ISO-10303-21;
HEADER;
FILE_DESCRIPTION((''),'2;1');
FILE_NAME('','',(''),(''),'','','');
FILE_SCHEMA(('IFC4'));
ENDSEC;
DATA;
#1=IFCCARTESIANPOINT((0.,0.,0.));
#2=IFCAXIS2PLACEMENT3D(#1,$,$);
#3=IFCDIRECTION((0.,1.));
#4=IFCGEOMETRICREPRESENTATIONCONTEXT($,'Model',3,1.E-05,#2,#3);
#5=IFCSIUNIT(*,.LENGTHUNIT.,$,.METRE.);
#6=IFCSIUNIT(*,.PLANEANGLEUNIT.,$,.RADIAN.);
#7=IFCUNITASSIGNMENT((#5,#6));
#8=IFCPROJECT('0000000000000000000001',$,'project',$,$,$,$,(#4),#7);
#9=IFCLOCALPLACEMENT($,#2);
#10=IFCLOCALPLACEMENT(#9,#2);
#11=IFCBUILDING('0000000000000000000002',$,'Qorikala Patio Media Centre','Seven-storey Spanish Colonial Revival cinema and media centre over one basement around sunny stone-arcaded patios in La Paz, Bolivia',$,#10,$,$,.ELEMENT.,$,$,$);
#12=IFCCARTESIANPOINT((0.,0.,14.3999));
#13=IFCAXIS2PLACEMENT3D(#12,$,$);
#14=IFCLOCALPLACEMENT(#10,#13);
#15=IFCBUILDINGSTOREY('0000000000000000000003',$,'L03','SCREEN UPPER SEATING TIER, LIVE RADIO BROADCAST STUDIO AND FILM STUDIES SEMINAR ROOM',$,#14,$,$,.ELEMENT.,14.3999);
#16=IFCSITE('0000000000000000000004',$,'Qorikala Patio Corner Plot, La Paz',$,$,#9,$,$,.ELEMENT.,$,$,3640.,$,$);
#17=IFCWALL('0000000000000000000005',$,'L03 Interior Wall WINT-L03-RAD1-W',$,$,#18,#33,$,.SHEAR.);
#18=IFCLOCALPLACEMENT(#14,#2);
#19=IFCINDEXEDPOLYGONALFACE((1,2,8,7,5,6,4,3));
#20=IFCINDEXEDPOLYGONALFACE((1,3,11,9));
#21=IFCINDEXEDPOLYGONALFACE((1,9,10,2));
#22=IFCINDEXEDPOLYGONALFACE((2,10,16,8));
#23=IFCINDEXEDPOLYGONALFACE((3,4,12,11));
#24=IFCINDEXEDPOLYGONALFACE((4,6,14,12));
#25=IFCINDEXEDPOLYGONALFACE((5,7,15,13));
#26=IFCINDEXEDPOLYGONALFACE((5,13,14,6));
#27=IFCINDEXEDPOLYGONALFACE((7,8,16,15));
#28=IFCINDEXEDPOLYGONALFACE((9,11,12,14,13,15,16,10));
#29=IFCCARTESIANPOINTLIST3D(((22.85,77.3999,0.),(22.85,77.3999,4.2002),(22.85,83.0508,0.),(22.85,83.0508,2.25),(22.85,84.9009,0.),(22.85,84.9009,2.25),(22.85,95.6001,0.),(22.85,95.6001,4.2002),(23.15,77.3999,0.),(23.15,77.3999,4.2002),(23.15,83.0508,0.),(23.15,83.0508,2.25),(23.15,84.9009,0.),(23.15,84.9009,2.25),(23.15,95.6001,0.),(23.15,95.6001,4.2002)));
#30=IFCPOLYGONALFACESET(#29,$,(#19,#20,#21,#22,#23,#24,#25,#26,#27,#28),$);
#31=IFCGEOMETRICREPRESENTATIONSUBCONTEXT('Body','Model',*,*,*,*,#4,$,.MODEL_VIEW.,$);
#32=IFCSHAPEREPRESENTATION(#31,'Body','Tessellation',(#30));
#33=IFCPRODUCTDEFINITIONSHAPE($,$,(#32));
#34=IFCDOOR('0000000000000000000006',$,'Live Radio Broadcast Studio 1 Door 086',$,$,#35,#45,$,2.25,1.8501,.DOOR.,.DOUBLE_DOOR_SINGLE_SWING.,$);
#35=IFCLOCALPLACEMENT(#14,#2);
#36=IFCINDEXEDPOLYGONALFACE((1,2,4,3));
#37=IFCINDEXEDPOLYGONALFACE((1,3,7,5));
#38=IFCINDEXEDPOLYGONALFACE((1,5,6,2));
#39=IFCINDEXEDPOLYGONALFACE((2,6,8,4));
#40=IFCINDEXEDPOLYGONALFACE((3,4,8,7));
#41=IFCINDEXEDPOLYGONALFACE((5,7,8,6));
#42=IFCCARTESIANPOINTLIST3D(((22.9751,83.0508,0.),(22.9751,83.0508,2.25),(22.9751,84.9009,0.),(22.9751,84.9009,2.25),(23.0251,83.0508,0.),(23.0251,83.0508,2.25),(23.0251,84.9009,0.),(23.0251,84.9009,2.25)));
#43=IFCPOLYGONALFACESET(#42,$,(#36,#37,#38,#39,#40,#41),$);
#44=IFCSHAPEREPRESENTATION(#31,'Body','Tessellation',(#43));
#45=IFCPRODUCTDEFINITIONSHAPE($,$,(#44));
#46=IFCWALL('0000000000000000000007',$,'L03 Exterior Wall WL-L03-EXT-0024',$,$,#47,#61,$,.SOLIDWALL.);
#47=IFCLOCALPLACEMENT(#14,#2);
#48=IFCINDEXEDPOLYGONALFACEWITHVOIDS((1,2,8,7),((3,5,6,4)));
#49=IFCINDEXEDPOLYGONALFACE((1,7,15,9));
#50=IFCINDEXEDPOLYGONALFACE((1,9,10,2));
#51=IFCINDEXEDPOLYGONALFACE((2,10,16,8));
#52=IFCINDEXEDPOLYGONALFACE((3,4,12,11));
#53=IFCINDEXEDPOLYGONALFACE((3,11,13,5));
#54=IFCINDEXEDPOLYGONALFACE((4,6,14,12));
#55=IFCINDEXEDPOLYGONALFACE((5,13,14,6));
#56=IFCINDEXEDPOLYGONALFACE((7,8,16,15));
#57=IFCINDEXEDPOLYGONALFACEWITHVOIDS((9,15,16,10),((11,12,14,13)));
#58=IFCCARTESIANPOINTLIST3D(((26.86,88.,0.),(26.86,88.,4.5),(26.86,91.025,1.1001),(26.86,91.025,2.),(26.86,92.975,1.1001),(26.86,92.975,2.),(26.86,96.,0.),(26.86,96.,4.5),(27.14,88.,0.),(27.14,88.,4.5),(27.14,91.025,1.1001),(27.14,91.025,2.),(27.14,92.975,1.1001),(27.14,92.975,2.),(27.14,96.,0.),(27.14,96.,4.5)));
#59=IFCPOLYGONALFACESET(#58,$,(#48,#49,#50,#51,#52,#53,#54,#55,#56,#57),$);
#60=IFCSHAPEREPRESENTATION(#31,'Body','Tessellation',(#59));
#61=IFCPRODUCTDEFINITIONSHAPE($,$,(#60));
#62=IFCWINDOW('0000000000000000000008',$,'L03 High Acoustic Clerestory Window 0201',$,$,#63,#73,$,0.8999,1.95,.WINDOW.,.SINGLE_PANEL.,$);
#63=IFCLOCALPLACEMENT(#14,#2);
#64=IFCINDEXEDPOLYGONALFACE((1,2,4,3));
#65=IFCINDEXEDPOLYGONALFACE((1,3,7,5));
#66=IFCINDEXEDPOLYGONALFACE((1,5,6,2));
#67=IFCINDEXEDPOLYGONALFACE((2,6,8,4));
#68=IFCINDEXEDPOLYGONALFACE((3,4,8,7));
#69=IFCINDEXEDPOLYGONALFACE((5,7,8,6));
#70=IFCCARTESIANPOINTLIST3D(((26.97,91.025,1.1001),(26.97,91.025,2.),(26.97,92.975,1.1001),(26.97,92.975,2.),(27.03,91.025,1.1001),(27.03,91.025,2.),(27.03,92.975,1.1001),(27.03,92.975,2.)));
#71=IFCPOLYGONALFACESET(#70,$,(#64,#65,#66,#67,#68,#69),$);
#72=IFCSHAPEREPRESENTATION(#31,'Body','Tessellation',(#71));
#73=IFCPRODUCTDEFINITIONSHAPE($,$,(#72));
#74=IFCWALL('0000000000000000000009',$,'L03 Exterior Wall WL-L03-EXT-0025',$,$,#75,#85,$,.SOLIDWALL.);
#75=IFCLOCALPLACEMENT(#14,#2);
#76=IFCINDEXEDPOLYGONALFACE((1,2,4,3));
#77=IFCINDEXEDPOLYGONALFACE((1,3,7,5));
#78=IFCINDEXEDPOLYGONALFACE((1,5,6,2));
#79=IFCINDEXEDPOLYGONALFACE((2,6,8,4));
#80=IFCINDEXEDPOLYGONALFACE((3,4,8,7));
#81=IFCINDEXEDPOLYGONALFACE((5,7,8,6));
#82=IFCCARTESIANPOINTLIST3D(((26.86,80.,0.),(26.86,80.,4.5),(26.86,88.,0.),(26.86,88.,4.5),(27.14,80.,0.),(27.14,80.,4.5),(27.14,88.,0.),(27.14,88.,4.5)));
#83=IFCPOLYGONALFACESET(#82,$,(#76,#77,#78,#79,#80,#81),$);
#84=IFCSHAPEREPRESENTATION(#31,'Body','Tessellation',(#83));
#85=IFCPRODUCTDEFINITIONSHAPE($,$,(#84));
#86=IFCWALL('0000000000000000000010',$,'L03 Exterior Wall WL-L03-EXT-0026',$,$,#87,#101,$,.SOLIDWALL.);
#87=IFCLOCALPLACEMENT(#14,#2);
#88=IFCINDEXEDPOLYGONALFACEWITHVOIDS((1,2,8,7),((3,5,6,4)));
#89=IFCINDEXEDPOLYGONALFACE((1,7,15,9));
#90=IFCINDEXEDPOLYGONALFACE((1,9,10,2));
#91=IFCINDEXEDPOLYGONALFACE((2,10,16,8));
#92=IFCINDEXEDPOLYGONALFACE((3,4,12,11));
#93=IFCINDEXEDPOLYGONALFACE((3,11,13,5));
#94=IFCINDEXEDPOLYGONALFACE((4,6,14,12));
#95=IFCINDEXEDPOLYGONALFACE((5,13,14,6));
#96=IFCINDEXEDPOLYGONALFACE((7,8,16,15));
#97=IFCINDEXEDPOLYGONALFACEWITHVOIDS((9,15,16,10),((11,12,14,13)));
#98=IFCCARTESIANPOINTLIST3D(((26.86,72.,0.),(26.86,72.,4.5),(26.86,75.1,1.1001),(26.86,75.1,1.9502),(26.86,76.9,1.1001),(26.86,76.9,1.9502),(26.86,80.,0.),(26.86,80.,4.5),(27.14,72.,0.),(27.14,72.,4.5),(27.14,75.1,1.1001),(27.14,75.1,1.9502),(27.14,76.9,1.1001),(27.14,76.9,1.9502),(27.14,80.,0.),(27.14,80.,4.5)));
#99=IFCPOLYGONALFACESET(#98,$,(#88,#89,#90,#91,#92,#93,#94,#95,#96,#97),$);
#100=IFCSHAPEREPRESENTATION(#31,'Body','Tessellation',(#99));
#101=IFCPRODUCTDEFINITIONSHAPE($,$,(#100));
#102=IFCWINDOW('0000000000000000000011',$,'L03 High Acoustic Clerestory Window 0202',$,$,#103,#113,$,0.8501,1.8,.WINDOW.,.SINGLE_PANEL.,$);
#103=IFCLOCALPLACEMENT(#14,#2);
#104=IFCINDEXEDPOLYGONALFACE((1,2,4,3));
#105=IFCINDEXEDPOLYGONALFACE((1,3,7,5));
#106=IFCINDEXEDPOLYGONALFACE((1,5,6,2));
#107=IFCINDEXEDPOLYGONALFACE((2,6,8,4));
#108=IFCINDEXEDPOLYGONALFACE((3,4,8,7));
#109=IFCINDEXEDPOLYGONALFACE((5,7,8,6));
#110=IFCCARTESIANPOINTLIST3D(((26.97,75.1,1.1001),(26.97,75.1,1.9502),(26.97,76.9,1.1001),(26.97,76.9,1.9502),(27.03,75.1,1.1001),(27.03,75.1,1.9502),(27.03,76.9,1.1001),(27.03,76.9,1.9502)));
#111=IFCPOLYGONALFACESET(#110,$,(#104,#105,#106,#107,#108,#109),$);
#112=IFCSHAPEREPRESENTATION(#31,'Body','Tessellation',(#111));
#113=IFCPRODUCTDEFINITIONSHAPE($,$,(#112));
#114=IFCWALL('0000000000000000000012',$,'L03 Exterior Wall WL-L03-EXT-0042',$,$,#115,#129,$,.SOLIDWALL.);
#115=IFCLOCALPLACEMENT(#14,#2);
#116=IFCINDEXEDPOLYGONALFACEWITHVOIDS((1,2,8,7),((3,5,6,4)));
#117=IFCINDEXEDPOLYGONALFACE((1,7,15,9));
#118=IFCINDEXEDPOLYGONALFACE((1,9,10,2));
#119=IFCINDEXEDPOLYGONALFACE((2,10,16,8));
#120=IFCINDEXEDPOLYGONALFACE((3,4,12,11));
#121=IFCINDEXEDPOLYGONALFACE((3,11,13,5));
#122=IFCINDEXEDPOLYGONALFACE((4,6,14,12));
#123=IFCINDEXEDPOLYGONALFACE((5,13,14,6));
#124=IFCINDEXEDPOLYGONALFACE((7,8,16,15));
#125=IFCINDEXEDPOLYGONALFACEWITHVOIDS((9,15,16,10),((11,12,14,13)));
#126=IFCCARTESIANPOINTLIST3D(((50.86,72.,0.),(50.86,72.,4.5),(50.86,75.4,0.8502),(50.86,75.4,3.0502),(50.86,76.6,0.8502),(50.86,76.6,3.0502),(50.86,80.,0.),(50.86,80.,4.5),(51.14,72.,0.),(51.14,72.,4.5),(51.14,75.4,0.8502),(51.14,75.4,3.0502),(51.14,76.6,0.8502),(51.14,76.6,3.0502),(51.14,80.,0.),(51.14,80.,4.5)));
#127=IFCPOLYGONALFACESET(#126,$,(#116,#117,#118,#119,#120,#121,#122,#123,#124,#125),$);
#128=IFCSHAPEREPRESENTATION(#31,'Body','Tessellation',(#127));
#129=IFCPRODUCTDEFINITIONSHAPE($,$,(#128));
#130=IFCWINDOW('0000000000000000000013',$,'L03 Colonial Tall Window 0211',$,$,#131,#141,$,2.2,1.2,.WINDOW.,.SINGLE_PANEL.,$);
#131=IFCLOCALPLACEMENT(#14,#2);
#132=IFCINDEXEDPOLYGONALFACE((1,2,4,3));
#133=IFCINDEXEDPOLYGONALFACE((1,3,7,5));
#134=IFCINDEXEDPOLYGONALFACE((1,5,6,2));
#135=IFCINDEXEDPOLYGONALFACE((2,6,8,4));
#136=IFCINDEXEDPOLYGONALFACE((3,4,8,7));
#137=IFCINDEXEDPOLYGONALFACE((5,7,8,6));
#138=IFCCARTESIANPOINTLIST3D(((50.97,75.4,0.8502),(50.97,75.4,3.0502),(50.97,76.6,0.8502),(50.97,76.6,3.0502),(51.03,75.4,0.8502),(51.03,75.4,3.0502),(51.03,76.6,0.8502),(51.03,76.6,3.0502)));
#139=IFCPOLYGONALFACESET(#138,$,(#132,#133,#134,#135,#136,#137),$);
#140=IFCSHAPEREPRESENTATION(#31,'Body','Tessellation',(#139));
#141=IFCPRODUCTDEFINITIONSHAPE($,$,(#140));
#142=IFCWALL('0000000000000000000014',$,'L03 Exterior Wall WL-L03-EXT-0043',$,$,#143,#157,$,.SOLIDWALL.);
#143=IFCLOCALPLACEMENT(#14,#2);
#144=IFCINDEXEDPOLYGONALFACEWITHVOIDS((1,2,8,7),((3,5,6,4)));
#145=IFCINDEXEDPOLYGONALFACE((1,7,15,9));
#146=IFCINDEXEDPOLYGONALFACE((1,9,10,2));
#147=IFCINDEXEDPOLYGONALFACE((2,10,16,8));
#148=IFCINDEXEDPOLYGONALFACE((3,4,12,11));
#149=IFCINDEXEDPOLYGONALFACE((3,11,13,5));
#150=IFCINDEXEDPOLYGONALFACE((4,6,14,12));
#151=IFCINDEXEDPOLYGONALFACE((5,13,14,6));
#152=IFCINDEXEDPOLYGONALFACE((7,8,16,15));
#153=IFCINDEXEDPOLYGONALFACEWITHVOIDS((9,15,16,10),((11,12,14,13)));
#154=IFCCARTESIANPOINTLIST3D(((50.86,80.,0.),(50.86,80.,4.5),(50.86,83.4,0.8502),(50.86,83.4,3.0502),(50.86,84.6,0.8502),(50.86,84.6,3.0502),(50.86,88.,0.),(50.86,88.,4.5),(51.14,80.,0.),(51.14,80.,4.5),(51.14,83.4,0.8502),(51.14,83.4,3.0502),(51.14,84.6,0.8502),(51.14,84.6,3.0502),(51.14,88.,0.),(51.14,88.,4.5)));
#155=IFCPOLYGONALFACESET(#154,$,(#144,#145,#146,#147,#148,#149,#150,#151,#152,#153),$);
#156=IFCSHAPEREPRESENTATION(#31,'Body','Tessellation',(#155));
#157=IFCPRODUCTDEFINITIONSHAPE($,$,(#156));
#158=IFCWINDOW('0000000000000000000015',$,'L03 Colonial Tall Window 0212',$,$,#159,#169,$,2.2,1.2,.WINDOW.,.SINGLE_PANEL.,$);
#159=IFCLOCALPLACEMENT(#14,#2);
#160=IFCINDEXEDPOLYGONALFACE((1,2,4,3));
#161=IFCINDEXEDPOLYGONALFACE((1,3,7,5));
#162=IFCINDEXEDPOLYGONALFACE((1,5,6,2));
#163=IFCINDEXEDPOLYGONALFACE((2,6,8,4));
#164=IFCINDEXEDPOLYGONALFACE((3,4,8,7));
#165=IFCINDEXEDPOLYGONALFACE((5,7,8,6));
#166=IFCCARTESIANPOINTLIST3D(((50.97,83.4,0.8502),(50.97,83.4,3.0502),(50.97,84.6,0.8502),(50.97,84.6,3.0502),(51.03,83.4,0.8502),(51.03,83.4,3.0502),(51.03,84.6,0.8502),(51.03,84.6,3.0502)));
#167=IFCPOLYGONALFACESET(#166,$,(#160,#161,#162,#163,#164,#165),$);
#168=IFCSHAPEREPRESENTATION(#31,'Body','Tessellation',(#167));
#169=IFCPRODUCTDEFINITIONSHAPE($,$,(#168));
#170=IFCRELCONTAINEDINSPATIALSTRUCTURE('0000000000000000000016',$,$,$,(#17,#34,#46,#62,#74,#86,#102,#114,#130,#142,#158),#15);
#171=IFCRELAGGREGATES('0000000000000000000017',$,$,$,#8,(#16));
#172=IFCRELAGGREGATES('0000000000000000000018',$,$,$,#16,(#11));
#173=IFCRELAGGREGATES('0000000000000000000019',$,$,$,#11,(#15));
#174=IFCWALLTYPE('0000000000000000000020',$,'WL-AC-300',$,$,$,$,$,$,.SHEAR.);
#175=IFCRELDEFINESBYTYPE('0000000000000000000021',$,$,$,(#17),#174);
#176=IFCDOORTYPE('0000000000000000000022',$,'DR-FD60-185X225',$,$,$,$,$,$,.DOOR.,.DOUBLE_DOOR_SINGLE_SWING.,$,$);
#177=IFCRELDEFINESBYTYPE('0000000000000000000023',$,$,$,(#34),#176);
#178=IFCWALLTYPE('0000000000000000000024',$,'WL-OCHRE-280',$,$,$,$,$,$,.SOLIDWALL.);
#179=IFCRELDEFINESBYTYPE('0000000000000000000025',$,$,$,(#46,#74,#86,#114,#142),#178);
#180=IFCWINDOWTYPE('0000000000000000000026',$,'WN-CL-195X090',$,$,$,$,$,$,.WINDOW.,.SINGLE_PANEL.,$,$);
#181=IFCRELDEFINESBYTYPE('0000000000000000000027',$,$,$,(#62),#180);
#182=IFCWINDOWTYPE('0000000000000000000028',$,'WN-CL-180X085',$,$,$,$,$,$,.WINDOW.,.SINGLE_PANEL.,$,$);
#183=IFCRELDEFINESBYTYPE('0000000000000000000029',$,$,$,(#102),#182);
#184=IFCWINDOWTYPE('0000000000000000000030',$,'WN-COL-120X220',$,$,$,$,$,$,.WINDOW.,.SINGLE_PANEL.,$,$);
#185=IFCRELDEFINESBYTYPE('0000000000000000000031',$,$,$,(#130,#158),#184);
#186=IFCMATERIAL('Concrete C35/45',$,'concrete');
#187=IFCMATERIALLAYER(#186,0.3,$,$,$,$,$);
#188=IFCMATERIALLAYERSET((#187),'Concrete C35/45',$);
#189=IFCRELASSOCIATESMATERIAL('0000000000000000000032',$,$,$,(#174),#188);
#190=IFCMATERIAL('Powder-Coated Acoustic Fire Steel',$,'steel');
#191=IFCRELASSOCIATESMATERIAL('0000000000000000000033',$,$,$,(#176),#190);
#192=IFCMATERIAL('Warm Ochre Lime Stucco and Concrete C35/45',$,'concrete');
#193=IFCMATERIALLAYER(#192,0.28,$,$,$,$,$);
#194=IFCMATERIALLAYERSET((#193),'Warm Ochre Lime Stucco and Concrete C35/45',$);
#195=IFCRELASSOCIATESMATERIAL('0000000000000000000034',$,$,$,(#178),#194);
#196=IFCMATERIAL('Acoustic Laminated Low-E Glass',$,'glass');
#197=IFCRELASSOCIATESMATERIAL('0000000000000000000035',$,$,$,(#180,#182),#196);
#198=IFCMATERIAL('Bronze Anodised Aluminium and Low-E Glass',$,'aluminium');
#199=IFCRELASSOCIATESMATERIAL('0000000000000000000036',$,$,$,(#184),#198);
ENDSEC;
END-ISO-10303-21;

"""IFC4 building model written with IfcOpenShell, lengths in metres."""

from ifc_helpers import new_model, si_unit, direction, frame, frame_2d, origin, place, context, subcontext, project, spatial, rectangle, extrude, material, layer, layer_set, type_object, element, fill, save


model = new_model("IFC4")

# Units and contexts
model_context = context("Model", 3, precision=1e-05, world=origin(), true_north=direction((0.0, 1.0)))
body_context = subcontext(model_context, "Body", "Model", "MODEL_VIEW")
ifc_project = project(units=[si_unit("LENGTHUNIT", "METRE"), si_unit("PLANEANGLEUNIT", "RADIAN")], contexts=[model_context])

# Site, building, storey
site_placement = place(None, origin())
site = spatial("IfcSite", under=ifc_project, at=site_placement, Name="Qorikala Patio Corner Plot, La Paz", CompositionType="ELEMENT", RefElevation=3640.0)
building_placement = place(site_placement, origin())
building = spatial("IfcBuilding", under=site, at=building_placement, Name="Qorikala Patio Media Centre", Description="Seven-storey Spanish Colonial Revival cinema and media centre over one basement around sunny stone-arcaded patios in La Paz, Bolivia", CompositionType="ELEMENT")
storey_placement = place(building_placement, frame((0.0, 0.0, 14.3999)))
storey = spatial("IfcBuildingStorey", under=building, at=storey_placement, Name="L03", Description="SCREEN UPPER SEATING TIER, LIVE RADIO BROADCAST STUDIO AND FILM STUDIES SEMINAR ROOM", CompositionType="ELEMENT", Elevation=14.3999)

# Shared definitions
ifc_material_1 = material(Name="Concrete C35/45", Category="concrete")

# Shared definitions
ifc_layer_1 = layer(ifc_material_1, 0.3)
ifc_layer_set_1 = layer_set([ifc_layer_1], Name="Concrete C35/45")
wall_type_1 = type_object("IfcWallType", Name="WL-AC-300", PredefinedType="SHEAR", material=ifc_layer_set_1)

# Wall, opening, door
wall_1_placement = place(storey_placement, frame((23.0, 77.3999, 0.0), z_axis=(0.0, 0.0, 1.0), x_axis=(0.0, 1.0, 0.0)))
wall_1 = element("IfcWall", 1, at=wall_1_placement, inside=storey, type_object=wall_type_1, Name="L03 Interior Wall WINT-L03-RAD1-W", PredefinedType="SHEAR", context=body_context, shape_type="SweptSolid", body=[
    extrude(rectangle(XDim=18.2002, YDim=0.3, at=frame_2d((9.1001, 0.0))), origin(), (0.0, 0.0, 1.0), 4.2002),
])
opening_1_placement = place(wall_1_placement, frame((5.6509, 0.0, 0.0)))
opening_1 = element("IfcOpeningElement", 2, at=opening_1_placement, cuts=wall_1, PredefinedType="OPENING", context=body_context, shape_type="SweptSolid", body=[
    extrude(rectangle(XDim=1.8501, YDim=2.25, at=frame_2d((0.925, 1.125))), frame((0.0, 0.1599, 0.0), z_axis=(0.0, -1.0, 0.0), x_axis=(1.0, 0.0, 0.0)), (0.0, 0.0, 1.0), 0.3201),
])
ifc_material_2 = material(Name="Powder-Coated Acoustic Fire Steel", Category="steel")
door_type = type_object("IfcDoorType", Name="DR-FD60-185X225", OperationType="DOUBLE_DOOR_SINGLE_SWING", PredefinedType="DOOR", material=ifc_material_2)
door_placement = place(opening_1_placement, origin())
door = element("IfcDoor", 3, at=door_placement, inside=storey, type_object=door_type, Name="Live Radio Broadcast Studio 1 Door 086", OperationType="DOUBLE_DOOR_SINGLE_SWING", OverallHeight=2.25, OverallWidth=1.8501, PredefinedType="DOOR", context=body_context, shape_type="SweptSolid", body=[
    extrude(rectangle(XDim=1.8501, YDim=2.25, at=frame_2d((0.925, 1.125))), frame((0.0, 0.0249, 0.0), z_axis=(0.0, -1.0, 0.0), x_axis=(1.0, 0.0, 0.0)), (0.0, 0.0, 1.0), 0.05),
])
fill(opening_1, door)

# Wall, opening, window
ifc_material_3 = material(Name="Warm Ochre Lime Stucco and Concrete C35/45", Category="concrete")
ifc_layer_2 = layer(ifc_material_3, 0.28)
ifc_layer_set_2 = layer_set([ifc_layer_2], Name="Warm Ochre Lime Stucco and Concrete C35/45")
wall_type_2 = type_object("IfcWallType", Name="WL-OCHRE-280", PredefinedType="SOLIDWALL", material=ifc_layer_set_2)
wall_2_placement = place(storey_placement, frame((27.0, 96.0, 0.0), z_axis=(0.0, 0.0, 1.0), x_axis=(0.0, -1.0, 0.0)))
wall_2 = element("IfcWall", 4, at=wall_2_placement, inside=storey, type_object=wall_type_2, Name="L03 Exterior Wall WL-L03-EXT-0024", PredefinedType="SOLIDWALL", context=body_context, shape_type="SweptSolid", body=[
    extrude(rectangle(XDim=8.0, YDim=0.28, at=frame_2d((4.0, 0.0))), origin(), (0.0, 0.0, 1.0), 4.5),
])
opening_2_placement = place(wall_2_placement, frame((3.0249, 0.0, 1.1001)))
opening_2 = element("IfcOpeningElement", 5, at=opening_2_placement, cuts=wall_2, PredefinedType="OPENING", context=body_context, shape_type="SweptSolid", body=[
    extrude(rectangle(XDim=1.95, YDim=0.8999, at=frame_2d((0.9751, 0.45))), frame((0.0, 0.1499, 0.0), z_axis=(0.0, -1.0, 0.0), x_axis=(1.0, 0.0, 0.0)), (0.0, 0.0, 1.0), 0.3),
])
ifc_material_4 = material(Name="Acoustic Laminated Low-E Glass", Category="glass")
window_type_1 = type_object("IfcWindowType", Name="WN-CL-195X090", PartitioningType="SINGLE_PANEL", PredefinedType="WINDOW", material=ifc_material_4)
window_1_placement = place(opening_2_placement, origin())
window_1 = element("IfcWindow", 6, at=window_1_placement, inside=storey, type_object=window_type_1, Name="L03 High Acoustic Clerestory Window 0201", OverallHeight=0.8999, OverallWidth=1.95, PartitioningType="SINGLE_PANEL", PredefinedType="WINDOW", context=body_context, shape_type="SweptSolid", body=[
    extrude(rectangle(XDim=1.95, YDim=0.8999, at=frame_2d((0.9751, 0.45))), frame((0.0, 0.03, 0.0), z_axis=(0.0, -1.0, 0.0), x_axis=(1.0, 0.0, 0.0)), (0.0, 0.0, 1.0), 0.0601),
])
fill(opening_2, window_1)

# Wall
wall_3_placement = place(storey_placement, frame((27.0, 88.0, 0.0), z_axis=(0.0, 0.0, 1.0), x_axis=(0.0, -1.0, 0.0)))
element("IfcWall", 7, at=wall_3_placement, inside=storey, type_object=wall_type_2, Name="L03 Exterior Wall WL-L03-EXT-0025", PredefinedType="SOLIDWALL", context=body_context, shape_type="SweptSolid", body=[
    extrude(rectangle(XDim=8.0, YDim=0.28, at=frame_2d((4.0, 0.0))), origin(), (0.0, 0.0, 1.0), 4.5),
])

# Walls, openings, windows
wall_4_placement = place(storey_placement, frame((27.0, 80.0, 0.0), z_axis=(0.0, 0.0, 1.0), x_axis=(0.0, -1.0, 0.0)))
wall_4 = element("IfcWall", 8, at=wall_4_placement, inside=storey, type_object=wall_type_2, Name="L03 Exterior Wall WL-L03-EXT-0026", PredefinedType="SOLIDWALL", context=body_context, shape_type="SweptSolid", body=[
    extrude(rectangle(XDim=8.0, YDim=0.28, at=frame_2d((4.0, 0.0))), origin(), (0.0, 0.0, 1.0), 4.5),
])
opening_3_placement = place(wall_4_placement, frame((3.1001, 0.0, 1.1001)))
opening_3 = element("IfcOpeningElement", 9, at=opening_3_placement, cuts=wall_4, PredefinedType="OPENING", context=body_context, shape_type="SweptSolid", body=[
    extrude(rectangle(XDim=1.8, YDim=0.8501, at=frame_2d((0.8999, 0.425))), frame((0.0, 0.1499, 0.0), z_axis=(0.0, -1.0, 0.0), x_axis=(1.0, 0.0, 0.0)), (0.0, 0.0, 1.0), 0.3),
])
window_type_2 = type_object("IfcWindowType", Name="WN-CL-180X085", PartitioningType="SINGLE_PANEL", PredefinedType="WINDOW", material=ifc_material_4)
window_2_placement = place(opening_3_placement, origin())
window_2 = element("IfcWindow", 10, at=window_2_placement, inside=storey, type_object=window_type_2, Name="L03 High Acoustic Clerestory Window 0202", OverallHeight=0.8501, OverallWidth=1.8, PartitioningType="SINGLE_PANEL", PredefinedType="WINDOW", context=body_context, shape_type="SweptSolid", body=[
    extrude(rectangle(XDim=1.8, YDim=0.8501, at=frame_2d((0.8999, 0.425))), frame((0.0, 0.03, 0.0), z_axis=(0.0, -1.0, 0.0), x_axis=(1.0, 0.0, 0.0)), (0.0, 0.0, 1.0), 0.0601),
])
fill(opening_3, window_2)
wall_5_placement = place(storey_placement, frame((51.0, 72.0, 0.0), z_axis=(0.0, 0.0, 1.0), x_axis=(0.0, 1.0, 0.0)))
wall_5 = element("IfcWall", 11, at=wall_5_placement, inside=storey, type_object=wall_type_2, Name="L03 Exterior Wall WL-L03-EXT-0042", PredefinedType="SOLIDWALL", context=body_context, shape_type="SweptSolid", body=[
    extrude(rectangle(XDim=8.0, YDim=0.28, at=frame_2d((4.0, 0.0))), origin(), (0.0, 0.0, 1.0), 4.5),
])
opening_4_placement = place(wall_5_placement, frame((3.3999, 0.0, 0.8501)))
opening_4 = element("IfcOpeningElement", 12, at=opening_4_placement, cuts=wall_5, PredefinedType="OPENING", context=body_context, shape_type="SweptSolid", body=[
    extrude(rectangle(XDim=1.2, YDim=2.2, at=frame_2d((0.6001, 1.1001))), frame((0.0, 0.1499, 0.0), z_axis=(0.0, -1.0, 0.0), x_axis=(1.0, 0.0, 0.0)), (0.0, 0.0, 1.0), 0.3),
])
ifc_material_5 = material(Name="Bronze Anodised Aluminium and Low-E Glass", Category="aluminium")
window_type_3 = type_object("IfcWindowType", Name="WN-COL-120X220", PartitioningType="SINGLE_PANEL", PredefinedType="WINDOW", material=ifc_material_5)
window_3_placement = place(opening_4_placement, origin())
window_3 = element("IfcWindow", 13, at=window_3_placement, inside=storey, type_object=window_type_3, Name="L03 Colonial Tall Window 0211", OverallHeight=2.2, OverallWidth=1.2, PartitioningType="SINGLE_PANEL", PredefinedType="WINDOW", context=body_context, shape_type="SweptSolid", body=[
    extrude(rectangle(XDim=1.2, YDim=2.2, at=frame_2d((0.6001, 1.1001))), frame((0.0, 0.03, 0.0), z_axis=(0.0, -1.0, 0.0), x_axis=(1.0, 0.0, 0.0)), (0.0, 0.0, 1.0), 0.0601),
])
fill(opening_4, window_3)
wall_6_placement = place(storey_placement, frame((51.0, 80.0, 0.0), z_axis=(0.0, 0.0, 1.0), x_axis=(0.0, 1.0, 0.0)))
wall_6 = element("IfcWall", 14, at=wall_6_placement, inside=storey, type_object=wall_type_2, Name="L03 Exterior Wall WL-L03-EXT-0043", PredefinedType="SOLIDWALL", context=body_context, shape_type="SweptSolid", body=[
    extrude(rectangle(XDim=8.0, YDim=0.28, at=frame_2d((4.0, 0.0))), origin(), (0.0, 0.0, 1.0), 4.5),
])
opening_5_placement = place(wall_6_placement, frame((3.3999, 0.0, 0.8501)))
opening_5 = element("IfcOpeningElement", 15, at=opening_5_placement, cuts=wall_6, PredefinedType="OPENING", context=body_context, shape_type="SweptSolid", body=[
    extrude(rectangle(XDim=1.2, YDim=2.2, at=frame_2d((0.6001, 1.1001))), frame((0.0, 0.1499, 0.0), z_axis=(0.0, -1.0, 0.0), x_axis=(1.0, 0.0, 0.0)), (0.0, 0.0, 1.0), 0.3),
])
window_4_placement = place(opening_5_placement, origin())
window_4 = element("IfcWindow", 16, at=window_4_placement, inside=storey, type_object=window_type_3, Name="L03 Colonial Tall Window 0212", OverallHeight=2.2, OverallWidth=1.2, PartitioningType="SINGLE_PANEL", PredefinedType="WINDOW", context=body_context, shape_type="SweptSolid", body=[
    extrude(rectangle(XDim=1.2, YDim=2.2, at=frame_2d((0.6001, 1.1001))), frame((0.0, 0.03, 0.0), z_axis=(0.0, -1.0, 0.0), x_axis=(1.0, 0.0, 0.0)), (0.0, 0.0, 1.0), 0.0601),
])
fill(opening_5, window_4)

save(model, "model.ifc")
